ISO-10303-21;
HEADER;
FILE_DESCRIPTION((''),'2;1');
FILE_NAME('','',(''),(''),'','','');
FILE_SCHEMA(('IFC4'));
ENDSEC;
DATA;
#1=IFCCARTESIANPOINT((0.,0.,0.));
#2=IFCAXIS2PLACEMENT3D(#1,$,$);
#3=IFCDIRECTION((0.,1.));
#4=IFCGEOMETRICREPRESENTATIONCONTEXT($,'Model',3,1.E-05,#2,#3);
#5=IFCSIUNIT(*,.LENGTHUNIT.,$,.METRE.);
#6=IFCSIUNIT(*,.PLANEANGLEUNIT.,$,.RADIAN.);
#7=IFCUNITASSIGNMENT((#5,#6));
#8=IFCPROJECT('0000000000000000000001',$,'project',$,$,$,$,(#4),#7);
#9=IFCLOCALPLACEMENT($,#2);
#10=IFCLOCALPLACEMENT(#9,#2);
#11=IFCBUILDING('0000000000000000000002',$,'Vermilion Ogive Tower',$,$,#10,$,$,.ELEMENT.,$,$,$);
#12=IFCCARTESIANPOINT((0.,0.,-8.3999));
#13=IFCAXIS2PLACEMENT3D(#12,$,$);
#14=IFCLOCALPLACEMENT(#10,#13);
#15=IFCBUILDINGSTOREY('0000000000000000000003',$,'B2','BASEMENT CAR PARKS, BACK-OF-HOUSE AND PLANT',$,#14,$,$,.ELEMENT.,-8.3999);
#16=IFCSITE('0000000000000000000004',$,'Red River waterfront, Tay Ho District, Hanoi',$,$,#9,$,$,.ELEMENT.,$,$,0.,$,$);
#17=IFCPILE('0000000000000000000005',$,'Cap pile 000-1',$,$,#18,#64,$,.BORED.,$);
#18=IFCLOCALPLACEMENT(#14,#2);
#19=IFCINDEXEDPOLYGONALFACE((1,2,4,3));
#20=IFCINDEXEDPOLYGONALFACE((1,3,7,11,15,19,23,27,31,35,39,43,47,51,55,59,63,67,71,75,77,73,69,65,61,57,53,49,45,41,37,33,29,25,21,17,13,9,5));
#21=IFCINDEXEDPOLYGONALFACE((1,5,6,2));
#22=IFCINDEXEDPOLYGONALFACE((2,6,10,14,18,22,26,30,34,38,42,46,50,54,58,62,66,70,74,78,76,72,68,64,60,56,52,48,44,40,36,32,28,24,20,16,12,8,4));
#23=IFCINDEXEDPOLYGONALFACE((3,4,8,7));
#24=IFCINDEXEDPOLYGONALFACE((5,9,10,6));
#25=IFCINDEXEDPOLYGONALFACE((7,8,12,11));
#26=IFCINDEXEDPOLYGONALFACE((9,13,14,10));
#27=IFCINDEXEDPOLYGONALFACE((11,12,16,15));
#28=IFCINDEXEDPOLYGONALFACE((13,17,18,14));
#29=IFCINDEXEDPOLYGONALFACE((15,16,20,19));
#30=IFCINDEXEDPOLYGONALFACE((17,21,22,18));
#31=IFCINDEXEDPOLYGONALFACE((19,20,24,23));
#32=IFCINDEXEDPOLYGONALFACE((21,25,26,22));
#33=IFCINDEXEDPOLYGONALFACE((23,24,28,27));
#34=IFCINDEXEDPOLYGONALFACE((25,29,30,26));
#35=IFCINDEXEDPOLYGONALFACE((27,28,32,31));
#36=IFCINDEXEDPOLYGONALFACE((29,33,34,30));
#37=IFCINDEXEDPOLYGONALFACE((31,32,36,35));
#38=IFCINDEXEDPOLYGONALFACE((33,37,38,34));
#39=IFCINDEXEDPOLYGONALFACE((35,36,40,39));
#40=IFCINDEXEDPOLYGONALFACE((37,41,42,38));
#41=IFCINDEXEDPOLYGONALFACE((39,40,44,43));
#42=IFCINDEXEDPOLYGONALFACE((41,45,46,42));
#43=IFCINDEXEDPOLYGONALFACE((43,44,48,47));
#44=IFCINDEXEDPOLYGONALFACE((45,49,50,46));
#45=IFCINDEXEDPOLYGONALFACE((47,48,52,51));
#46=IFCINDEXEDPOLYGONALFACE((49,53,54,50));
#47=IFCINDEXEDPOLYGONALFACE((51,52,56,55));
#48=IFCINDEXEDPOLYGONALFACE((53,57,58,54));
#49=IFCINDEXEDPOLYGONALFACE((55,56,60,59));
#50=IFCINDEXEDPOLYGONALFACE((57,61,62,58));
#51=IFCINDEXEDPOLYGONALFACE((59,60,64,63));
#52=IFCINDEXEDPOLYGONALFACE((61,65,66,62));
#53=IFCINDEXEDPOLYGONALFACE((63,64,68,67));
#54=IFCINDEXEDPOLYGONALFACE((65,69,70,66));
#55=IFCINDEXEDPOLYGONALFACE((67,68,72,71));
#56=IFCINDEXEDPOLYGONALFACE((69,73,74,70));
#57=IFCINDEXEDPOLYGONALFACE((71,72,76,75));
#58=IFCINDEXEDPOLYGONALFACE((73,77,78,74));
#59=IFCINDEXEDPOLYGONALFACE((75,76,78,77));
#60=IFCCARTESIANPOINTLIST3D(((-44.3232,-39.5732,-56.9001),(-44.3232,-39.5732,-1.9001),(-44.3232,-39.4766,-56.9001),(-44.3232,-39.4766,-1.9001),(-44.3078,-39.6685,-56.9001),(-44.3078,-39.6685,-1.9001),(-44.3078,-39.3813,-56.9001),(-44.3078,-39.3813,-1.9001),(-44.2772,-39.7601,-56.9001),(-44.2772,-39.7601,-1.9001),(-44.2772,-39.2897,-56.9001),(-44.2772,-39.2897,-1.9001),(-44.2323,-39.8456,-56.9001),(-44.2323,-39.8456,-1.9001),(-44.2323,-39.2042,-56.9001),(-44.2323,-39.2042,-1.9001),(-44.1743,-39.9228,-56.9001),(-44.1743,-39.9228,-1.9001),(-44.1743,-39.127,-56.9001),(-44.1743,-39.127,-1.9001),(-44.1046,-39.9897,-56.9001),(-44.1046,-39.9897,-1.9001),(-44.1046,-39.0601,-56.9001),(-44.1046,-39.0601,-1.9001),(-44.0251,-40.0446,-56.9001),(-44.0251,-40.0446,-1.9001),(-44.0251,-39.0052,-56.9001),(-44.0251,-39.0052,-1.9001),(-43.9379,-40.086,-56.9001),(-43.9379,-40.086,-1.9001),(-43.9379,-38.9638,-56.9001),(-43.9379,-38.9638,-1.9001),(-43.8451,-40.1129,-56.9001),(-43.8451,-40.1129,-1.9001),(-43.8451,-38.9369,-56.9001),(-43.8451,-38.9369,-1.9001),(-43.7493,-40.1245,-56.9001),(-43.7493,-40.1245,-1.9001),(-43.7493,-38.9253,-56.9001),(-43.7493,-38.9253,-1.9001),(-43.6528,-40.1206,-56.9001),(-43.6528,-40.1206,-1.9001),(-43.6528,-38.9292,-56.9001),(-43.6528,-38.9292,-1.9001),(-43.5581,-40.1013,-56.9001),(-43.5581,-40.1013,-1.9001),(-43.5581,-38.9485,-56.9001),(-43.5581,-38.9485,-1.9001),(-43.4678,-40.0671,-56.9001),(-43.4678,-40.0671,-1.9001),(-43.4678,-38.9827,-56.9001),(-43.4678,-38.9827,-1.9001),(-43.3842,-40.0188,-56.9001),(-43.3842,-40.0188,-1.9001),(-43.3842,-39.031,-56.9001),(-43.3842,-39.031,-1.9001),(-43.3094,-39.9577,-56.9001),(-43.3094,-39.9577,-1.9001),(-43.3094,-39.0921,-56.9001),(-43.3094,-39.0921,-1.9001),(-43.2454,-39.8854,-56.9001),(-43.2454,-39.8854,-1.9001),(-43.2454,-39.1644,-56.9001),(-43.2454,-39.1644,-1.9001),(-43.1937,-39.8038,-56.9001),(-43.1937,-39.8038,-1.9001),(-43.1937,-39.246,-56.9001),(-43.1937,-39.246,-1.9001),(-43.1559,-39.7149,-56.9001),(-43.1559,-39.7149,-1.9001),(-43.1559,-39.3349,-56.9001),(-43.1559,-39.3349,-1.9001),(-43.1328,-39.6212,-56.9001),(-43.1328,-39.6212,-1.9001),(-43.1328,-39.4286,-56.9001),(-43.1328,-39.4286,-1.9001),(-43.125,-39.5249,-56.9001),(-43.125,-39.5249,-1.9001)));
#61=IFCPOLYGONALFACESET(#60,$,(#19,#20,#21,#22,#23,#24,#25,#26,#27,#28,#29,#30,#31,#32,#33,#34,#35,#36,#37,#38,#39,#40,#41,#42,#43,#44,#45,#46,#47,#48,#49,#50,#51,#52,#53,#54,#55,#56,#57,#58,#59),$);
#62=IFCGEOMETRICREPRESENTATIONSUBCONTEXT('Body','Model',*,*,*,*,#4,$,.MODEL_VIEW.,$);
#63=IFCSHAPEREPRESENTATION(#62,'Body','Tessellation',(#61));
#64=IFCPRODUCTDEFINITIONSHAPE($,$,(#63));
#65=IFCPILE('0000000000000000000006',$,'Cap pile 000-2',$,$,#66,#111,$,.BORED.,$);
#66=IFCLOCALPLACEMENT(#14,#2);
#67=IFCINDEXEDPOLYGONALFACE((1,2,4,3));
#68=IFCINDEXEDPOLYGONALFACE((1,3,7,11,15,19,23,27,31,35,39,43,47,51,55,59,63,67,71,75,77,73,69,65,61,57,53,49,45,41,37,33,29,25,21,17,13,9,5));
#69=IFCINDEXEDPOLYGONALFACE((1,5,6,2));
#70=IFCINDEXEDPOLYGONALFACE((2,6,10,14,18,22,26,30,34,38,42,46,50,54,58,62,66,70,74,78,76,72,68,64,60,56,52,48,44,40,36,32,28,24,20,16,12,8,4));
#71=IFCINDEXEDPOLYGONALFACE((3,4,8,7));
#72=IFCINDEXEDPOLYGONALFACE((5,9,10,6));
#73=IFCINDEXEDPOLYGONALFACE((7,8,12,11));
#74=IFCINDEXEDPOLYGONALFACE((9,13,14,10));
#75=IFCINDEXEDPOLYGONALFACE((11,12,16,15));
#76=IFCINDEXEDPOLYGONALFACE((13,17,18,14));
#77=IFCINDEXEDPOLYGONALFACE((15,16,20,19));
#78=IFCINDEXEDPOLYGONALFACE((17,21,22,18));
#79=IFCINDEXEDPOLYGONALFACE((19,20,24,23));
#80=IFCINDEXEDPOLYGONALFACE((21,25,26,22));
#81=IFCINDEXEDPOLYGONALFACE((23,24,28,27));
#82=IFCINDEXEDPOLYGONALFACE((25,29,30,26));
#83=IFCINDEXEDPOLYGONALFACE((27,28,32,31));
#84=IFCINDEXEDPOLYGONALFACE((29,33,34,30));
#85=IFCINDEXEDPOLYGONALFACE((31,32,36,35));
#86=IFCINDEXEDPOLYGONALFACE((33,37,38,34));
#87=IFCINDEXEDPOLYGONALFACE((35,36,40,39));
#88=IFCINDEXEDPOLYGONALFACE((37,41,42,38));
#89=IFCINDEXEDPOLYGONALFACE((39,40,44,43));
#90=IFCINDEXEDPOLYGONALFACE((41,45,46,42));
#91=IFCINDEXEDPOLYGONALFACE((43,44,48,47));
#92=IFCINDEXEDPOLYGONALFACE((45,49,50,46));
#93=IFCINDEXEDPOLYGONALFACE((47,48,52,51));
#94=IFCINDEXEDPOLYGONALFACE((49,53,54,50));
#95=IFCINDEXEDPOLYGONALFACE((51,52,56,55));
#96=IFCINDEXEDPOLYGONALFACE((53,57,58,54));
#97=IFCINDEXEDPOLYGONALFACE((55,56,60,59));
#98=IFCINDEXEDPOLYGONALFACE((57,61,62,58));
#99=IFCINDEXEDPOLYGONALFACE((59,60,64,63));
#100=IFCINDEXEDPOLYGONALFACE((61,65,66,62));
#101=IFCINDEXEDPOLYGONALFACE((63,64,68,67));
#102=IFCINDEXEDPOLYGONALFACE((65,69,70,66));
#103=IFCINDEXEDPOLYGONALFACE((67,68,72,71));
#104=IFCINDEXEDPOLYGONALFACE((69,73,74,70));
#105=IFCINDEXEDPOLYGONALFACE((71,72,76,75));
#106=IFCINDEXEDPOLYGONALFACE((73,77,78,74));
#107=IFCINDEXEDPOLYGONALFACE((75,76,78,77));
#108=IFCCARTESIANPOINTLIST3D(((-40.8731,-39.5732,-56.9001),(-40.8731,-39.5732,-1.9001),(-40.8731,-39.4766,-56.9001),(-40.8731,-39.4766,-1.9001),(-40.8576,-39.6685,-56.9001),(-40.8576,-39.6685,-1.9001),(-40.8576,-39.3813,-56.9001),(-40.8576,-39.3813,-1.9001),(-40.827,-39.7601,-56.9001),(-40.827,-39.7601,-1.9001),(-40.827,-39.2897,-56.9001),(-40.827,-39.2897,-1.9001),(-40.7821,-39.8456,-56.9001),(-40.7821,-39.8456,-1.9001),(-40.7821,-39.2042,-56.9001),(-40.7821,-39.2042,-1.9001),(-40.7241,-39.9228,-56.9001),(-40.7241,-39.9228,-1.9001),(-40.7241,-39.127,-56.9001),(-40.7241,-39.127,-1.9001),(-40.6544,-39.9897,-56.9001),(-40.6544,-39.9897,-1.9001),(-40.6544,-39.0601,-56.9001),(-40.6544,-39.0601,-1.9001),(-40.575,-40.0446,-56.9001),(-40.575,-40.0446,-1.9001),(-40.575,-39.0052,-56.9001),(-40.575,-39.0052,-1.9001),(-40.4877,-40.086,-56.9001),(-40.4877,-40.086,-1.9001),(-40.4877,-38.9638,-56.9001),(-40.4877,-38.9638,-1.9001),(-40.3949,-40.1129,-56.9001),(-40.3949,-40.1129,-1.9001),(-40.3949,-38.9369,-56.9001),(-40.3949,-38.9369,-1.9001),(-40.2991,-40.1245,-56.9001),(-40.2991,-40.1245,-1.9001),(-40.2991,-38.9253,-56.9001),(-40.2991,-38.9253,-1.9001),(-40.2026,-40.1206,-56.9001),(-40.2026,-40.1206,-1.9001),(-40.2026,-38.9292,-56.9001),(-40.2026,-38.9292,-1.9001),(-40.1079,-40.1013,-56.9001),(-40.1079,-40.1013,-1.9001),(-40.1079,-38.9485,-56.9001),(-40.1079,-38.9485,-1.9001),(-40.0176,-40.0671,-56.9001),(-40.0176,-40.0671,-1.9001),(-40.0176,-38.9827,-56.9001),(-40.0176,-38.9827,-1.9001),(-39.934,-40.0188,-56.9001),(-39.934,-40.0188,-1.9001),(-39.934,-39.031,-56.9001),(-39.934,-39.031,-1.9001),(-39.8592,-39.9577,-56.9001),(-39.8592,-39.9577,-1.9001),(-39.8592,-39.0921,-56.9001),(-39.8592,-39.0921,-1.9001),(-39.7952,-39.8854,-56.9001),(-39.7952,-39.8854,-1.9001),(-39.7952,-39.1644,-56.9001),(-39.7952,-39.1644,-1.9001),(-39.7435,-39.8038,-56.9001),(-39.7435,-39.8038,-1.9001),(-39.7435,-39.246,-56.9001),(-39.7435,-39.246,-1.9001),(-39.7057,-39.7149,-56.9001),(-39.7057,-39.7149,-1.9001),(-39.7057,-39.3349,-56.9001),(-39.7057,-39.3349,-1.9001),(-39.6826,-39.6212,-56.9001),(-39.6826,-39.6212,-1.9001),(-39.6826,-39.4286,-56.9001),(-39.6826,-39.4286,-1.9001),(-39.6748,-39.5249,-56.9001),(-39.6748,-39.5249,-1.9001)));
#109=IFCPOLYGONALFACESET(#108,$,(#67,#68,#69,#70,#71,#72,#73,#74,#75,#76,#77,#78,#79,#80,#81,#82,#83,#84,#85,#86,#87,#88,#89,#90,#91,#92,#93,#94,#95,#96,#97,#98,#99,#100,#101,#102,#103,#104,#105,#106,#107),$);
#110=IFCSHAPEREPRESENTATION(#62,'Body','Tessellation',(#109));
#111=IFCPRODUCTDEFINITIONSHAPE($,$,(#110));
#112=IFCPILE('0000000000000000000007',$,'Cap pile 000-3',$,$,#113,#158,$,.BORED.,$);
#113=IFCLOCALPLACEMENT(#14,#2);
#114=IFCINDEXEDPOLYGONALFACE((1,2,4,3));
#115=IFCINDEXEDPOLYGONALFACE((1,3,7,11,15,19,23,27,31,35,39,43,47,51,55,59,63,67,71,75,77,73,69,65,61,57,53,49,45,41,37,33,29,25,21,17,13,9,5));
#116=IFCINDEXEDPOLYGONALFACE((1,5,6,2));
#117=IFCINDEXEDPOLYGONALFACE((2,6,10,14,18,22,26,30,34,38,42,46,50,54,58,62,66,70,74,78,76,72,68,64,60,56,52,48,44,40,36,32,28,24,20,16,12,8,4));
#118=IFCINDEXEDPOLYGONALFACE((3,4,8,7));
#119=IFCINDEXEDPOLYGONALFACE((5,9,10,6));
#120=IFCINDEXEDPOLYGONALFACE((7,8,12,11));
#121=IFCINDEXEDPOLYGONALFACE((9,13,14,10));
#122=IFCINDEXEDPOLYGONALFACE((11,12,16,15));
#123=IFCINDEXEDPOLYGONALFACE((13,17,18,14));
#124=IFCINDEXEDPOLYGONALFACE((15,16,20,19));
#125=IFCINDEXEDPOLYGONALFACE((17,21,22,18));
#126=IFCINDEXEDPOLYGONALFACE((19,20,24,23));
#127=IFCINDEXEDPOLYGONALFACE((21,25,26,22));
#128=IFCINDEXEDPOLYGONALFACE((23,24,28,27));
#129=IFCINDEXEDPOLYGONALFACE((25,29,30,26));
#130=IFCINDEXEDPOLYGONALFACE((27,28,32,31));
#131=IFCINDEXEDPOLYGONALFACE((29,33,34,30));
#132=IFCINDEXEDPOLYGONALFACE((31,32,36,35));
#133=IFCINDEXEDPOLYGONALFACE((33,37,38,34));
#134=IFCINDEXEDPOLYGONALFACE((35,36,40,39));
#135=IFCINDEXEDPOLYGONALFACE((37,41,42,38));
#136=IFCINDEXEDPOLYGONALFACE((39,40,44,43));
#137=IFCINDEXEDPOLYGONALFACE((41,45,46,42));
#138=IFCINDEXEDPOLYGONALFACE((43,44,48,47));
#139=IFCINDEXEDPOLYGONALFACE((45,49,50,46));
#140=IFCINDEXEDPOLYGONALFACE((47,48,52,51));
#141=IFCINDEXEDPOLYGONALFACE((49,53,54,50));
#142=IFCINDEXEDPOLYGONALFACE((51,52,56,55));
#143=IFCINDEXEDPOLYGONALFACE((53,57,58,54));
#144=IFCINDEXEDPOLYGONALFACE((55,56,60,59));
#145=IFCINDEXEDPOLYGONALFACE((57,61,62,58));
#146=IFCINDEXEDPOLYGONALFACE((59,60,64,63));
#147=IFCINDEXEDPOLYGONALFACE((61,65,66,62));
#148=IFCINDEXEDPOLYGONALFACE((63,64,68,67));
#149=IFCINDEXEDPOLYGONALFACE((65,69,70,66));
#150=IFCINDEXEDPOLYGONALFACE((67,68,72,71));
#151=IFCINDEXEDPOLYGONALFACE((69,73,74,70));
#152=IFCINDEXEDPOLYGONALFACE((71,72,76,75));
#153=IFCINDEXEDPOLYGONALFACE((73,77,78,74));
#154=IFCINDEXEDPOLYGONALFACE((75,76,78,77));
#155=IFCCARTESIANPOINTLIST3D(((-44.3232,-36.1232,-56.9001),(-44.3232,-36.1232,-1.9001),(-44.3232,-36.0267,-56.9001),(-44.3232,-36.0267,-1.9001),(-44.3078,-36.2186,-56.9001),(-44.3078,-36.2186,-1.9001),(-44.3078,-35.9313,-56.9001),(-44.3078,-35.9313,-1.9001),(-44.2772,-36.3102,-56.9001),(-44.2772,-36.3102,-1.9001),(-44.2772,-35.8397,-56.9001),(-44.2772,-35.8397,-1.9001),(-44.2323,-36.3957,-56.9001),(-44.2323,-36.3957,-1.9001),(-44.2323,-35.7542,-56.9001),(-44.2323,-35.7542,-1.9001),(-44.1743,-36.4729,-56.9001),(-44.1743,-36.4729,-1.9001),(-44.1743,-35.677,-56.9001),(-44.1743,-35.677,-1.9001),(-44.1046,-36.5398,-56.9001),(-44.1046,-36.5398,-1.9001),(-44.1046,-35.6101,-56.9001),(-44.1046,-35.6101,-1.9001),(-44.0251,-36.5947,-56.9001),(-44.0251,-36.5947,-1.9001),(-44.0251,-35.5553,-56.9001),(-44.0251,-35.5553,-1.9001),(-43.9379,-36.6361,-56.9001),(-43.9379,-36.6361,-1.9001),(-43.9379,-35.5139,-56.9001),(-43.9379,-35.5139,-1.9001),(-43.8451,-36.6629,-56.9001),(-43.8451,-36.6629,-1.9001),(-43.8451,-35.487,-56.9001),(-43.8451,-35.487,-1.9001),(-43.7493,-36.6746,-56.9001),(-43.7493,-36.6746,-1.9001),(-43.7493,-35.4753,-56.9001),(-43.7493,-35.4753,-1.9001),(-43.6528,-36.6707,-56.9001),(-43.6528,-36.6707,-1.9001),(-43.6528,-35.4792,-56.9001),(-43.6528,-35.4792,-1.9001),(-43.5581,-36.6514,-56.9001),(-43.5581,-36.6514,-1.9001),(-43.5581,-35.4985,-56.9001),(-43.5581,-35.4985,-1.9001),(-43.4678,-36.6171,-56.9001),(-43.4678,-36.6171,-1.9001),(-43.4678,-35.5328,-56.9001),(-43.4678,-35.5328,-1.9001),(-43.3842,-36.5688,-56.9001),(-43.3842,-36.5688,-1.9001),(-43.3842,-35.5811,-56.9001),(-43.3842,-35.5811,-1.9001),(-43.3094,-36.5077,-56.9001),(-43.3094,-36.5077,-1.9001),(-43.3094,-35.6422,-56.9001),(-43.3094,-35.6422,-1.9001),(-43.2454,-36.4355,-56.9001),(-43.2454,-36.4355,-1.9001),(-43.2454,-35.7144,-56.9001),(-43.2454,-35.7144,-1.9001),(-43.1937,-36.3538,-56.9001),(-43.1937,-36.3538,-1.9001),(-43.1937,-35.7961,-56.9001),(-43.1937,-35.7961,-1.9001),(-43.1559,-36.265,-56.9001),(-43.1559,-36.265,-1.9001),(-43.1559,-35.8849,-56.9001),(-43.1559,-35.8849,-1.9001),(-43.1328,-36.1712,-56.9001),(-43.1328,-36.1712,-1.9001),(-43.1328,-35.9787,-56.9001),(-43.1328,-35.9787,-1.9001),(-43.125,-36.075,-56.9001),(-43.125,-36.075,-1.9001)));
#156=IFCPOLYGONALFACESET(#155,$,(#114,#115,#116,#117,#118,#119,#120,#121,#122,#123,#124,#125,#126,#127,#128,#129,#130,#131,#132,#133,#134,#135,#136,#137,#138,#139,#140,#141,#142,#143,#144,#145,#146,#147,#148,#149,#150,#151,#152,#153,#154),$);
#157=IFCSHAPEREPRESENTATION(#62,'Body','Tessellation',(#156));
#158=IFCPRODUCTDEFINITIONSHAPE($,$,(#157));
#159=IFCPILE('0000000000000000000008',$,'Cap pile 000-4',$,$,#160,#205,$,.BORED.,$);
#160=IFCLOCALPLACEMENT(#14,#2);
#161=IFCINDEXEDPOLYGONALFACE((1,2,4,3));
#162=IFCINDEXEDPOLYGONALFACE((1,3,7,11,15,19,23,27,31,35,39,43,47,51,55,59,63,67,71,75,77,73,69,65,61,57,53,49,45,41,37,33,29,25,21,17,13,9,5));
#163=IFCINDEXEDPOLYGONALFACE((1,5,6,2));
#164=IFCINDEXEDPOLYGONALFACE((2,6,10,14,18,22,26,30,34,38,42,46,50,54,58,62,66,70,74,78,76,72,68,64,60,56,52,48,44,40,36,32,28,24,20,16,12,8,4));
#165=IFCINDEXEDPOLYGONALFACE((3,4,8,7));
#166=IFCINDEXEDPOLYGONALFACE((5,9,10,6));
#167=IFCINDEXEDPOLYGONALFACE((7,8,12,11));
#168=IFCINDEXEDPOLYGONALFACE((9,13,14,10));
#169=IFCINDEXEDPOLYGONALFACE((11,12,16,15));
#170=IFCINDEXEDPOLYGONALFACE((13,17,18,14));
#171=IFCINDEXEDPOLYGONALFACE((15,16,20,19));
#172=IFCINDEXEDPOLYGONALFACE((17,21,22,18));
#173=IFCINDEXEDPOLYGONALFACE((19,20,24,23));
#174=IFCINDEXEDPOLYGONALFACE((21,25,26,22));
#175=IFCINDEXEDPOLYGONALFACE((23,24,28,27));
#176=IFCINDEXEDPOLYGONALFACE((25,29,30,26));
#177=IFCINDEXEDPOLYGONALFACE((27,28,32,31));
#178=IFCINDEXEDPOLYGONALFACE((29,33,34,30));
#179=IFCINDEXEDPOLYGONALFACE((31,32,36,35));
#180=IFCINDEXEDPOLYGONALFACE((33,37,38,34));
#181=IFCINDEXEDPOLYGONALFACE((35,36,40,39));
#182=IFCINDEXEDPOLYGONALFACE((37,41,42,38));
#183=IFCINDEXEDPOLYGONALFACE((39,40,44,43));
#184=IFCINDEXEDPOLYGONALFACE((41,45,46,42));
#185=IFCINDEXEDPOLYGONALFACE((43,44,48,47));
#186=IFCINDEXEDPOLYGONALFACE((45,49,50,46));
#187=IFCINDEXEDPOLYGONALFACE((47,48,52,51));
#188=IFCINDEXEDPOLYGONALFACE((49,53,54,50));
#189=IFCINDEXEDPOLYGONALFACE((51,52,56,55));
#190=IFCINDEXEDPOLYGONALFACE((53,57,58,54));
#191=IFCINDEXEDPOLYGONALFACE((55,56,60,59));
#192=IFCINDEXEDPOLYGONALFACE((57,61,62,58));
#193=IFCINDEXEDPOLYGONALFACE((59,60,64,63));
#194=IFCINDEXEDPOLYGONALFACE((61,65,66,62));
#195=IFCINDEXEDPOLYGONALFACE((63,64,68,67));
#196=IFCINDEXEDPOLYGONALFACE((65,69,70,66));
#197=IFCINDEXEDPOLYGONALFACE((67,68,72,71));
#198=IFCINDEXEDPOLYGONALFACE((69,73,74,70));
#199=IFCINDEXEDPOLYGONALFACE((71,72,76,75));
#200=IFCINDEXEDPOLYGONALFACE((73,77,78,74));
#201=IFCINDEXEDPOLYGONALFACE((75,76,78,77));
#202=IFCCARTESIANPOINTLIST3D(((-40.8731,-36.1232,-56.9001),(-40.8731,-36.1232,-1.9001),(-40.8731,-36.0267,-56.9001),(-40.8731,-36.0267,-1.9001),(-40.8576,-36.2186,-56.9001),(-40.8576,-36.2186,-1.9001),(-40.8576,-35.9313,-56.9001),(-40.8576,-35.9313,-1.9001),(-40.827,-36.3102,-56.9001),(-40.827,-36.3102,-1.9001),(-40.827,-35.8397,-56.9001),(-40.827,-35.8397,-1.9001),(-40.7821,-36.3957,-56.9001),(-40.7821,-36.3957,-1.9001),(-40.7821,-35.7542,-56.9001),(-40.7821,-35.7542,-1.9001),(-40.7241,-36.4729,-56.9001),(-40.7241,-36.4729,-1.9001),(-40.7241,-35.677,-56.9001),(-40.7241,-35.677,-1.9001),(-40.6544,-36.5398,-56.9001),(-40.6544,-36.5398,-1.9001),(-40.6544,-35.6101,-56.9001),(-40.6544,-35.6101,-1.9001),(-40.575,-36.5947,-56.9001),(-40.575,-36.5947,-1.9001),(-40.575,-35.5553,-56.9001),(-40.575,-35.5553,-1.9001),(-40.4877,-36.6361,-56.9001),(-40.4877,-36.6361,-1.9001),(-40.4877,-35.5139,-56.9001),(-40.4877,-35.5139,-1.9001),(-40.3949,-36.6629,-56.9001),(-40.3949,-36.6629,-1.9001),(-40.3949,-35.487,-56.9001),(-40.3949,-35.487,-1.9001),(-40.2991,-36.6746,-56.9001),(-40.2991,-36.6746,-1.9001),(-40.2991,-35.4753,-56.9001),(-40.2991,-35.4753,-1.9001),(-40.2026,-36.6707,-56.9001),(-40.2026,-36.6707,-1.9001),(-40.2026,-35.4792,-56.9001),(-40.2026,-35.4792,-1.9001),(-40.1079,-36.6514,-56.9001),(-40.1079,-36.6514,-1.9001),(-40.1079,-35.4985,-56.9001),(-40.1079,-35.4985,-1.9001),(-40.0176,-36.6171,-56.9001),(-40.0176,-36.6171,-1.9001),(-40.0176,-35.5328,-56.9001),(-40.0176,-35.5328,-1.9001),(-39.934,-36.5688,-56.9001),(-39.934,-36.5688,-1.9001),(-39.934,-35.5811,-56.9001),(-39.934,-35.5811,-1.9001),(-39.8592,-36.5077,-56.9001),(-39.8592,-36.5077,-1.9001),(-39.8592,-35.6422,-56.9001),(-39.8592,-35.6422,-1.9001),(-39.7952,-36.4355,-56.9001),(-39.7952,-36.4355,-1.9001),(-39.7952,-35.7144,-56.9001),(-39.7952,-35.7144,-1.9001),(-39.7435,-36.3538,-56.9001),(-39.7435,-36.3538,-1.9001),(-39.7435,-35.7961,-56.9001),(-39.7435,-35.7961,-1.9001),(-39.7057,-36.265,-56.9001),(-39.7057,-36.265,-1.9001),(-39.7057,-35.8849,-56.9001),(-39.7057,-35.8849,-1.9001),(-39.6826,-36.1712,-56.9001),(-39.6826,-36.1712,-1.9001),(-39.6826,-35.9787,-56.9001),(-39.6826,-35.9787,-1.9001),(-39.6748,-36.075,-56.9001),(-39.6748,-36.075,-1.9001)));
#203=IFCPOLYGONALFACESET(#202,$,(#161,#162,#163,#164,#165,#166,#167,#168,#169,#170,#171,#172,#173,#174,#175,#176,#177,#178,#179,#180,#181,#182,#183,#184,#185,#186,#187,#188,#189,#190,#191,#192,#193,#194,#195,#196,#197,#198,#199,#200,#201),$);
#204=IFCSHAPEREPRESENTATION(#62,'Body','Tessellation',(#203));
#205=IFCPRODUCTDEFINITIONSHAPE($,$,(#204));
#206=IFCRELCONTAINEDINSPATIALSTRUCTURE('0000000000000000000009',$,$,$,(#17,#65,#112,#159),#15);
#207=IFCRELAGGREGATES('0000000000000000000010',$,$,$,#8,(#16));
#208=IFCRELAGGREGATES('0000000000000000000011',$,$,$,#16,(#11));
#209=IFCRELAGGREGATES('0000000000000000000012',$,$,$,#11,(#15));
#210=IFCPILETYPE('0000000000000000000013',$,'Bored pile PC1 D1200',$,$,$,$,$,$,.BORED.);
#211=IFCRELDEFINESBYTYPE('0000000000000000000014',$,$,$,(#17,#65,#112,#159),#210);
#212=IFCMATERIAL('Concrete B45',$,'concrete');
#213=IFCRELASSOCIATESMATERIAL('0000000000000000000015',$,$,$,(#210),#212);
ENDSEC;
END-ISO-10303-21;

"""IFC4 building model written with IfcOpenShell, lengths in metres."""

from ifc_helpers import new_model, si_unit, direction, frame, origin, origin_2d, place, context, subcontext, project, spatial, circle, extrude, material, type_object, element, save


model = new_model("IFC4")

# Units and contexts
model_context = context("Model", 3, precision=1e-05, world=origin(), true_north=direction((0.0, 1.0)))
body_context = subcontext(model_context, "Body", "Model", "MODEL_VIEW")
ifc_project = project(units=[si_unit("LENGTHUNIT", "METRE"), si_unit("PLANEANGLEUNIT", "RADIAN")], contexts=[model_context])

# Site, building, storey
site_placement = place(None, origin())
site = spatial("IfcSite", under=ifc_project, at=site_placement, Name="Red River waterfront, Tay Ho District, Hanoi", CompositionType="ELEMENT", RefElevation=0.0)
building_placement = place(site_placement, origin())
building = spatial("IfcBuilding", under=site, at=building_placement, Name="Vermilion Ogive Tower", CompositionType="ELEMENT")
storey_placement = place(building_placement, frame((0.0, 0.0, -8.3999)))
storey = spatial("IfcBuildingStorey", under=building, at=storey_placement, Name="B2", Description="BASEMENT CAR PARKS, BACK-OF-HOUSE AND PLANT", CompositionType="ELEMENT", Elevation=-8.3999)

# Piles
ifc_material_1 = material(Name="Concrete B45", Category="concrete")
pile_type_1 = type_object("IfcPileType", Name="Bored pile PC1 D1200", PredefinedType="BORED", material=ifc_material_1)
for number, where, z_axis, x_axis, name in (
    (1, (-43.7251, -39.5249, -1.9001), (0.0, 0.0, -1.0), (1.0, 0.0, 0.0), "Cap pile 000-1"),
    (2, (-40.2749, -39.5249, -1.9001), (0.0, 0.0, -1.0), (1.0, 0.0, 0.0), "Cap pile 000-2"),
    (3, (-43.7251, -36.075, -1.9001), (0.0, 0.0, -1.0), (1.0, 0.0, 0.0), "Cap pile 000-3"),
    (4, (-40.2749, -36.075, -1.9001), (0.0, 0.0, -1.0), (1.0, 0.0, 0.0), "Cap pile 000-4"),
):
    element("IfcPile", number, at=place(storey_placement, frame(where, z_axis=z_axis, x_axis=x_axis)), inside=storey, type_object=pile_type_1, Name=name, PredefinedType="BORED", context=body_context, shape_type="SweptSolid", body=[
        extrude(circle(Radius=0.6001, at=origin_2d()), origin(), (0.0, 0.0, 1.0), 55.0),
    ])

save(model, "model.ifc")
